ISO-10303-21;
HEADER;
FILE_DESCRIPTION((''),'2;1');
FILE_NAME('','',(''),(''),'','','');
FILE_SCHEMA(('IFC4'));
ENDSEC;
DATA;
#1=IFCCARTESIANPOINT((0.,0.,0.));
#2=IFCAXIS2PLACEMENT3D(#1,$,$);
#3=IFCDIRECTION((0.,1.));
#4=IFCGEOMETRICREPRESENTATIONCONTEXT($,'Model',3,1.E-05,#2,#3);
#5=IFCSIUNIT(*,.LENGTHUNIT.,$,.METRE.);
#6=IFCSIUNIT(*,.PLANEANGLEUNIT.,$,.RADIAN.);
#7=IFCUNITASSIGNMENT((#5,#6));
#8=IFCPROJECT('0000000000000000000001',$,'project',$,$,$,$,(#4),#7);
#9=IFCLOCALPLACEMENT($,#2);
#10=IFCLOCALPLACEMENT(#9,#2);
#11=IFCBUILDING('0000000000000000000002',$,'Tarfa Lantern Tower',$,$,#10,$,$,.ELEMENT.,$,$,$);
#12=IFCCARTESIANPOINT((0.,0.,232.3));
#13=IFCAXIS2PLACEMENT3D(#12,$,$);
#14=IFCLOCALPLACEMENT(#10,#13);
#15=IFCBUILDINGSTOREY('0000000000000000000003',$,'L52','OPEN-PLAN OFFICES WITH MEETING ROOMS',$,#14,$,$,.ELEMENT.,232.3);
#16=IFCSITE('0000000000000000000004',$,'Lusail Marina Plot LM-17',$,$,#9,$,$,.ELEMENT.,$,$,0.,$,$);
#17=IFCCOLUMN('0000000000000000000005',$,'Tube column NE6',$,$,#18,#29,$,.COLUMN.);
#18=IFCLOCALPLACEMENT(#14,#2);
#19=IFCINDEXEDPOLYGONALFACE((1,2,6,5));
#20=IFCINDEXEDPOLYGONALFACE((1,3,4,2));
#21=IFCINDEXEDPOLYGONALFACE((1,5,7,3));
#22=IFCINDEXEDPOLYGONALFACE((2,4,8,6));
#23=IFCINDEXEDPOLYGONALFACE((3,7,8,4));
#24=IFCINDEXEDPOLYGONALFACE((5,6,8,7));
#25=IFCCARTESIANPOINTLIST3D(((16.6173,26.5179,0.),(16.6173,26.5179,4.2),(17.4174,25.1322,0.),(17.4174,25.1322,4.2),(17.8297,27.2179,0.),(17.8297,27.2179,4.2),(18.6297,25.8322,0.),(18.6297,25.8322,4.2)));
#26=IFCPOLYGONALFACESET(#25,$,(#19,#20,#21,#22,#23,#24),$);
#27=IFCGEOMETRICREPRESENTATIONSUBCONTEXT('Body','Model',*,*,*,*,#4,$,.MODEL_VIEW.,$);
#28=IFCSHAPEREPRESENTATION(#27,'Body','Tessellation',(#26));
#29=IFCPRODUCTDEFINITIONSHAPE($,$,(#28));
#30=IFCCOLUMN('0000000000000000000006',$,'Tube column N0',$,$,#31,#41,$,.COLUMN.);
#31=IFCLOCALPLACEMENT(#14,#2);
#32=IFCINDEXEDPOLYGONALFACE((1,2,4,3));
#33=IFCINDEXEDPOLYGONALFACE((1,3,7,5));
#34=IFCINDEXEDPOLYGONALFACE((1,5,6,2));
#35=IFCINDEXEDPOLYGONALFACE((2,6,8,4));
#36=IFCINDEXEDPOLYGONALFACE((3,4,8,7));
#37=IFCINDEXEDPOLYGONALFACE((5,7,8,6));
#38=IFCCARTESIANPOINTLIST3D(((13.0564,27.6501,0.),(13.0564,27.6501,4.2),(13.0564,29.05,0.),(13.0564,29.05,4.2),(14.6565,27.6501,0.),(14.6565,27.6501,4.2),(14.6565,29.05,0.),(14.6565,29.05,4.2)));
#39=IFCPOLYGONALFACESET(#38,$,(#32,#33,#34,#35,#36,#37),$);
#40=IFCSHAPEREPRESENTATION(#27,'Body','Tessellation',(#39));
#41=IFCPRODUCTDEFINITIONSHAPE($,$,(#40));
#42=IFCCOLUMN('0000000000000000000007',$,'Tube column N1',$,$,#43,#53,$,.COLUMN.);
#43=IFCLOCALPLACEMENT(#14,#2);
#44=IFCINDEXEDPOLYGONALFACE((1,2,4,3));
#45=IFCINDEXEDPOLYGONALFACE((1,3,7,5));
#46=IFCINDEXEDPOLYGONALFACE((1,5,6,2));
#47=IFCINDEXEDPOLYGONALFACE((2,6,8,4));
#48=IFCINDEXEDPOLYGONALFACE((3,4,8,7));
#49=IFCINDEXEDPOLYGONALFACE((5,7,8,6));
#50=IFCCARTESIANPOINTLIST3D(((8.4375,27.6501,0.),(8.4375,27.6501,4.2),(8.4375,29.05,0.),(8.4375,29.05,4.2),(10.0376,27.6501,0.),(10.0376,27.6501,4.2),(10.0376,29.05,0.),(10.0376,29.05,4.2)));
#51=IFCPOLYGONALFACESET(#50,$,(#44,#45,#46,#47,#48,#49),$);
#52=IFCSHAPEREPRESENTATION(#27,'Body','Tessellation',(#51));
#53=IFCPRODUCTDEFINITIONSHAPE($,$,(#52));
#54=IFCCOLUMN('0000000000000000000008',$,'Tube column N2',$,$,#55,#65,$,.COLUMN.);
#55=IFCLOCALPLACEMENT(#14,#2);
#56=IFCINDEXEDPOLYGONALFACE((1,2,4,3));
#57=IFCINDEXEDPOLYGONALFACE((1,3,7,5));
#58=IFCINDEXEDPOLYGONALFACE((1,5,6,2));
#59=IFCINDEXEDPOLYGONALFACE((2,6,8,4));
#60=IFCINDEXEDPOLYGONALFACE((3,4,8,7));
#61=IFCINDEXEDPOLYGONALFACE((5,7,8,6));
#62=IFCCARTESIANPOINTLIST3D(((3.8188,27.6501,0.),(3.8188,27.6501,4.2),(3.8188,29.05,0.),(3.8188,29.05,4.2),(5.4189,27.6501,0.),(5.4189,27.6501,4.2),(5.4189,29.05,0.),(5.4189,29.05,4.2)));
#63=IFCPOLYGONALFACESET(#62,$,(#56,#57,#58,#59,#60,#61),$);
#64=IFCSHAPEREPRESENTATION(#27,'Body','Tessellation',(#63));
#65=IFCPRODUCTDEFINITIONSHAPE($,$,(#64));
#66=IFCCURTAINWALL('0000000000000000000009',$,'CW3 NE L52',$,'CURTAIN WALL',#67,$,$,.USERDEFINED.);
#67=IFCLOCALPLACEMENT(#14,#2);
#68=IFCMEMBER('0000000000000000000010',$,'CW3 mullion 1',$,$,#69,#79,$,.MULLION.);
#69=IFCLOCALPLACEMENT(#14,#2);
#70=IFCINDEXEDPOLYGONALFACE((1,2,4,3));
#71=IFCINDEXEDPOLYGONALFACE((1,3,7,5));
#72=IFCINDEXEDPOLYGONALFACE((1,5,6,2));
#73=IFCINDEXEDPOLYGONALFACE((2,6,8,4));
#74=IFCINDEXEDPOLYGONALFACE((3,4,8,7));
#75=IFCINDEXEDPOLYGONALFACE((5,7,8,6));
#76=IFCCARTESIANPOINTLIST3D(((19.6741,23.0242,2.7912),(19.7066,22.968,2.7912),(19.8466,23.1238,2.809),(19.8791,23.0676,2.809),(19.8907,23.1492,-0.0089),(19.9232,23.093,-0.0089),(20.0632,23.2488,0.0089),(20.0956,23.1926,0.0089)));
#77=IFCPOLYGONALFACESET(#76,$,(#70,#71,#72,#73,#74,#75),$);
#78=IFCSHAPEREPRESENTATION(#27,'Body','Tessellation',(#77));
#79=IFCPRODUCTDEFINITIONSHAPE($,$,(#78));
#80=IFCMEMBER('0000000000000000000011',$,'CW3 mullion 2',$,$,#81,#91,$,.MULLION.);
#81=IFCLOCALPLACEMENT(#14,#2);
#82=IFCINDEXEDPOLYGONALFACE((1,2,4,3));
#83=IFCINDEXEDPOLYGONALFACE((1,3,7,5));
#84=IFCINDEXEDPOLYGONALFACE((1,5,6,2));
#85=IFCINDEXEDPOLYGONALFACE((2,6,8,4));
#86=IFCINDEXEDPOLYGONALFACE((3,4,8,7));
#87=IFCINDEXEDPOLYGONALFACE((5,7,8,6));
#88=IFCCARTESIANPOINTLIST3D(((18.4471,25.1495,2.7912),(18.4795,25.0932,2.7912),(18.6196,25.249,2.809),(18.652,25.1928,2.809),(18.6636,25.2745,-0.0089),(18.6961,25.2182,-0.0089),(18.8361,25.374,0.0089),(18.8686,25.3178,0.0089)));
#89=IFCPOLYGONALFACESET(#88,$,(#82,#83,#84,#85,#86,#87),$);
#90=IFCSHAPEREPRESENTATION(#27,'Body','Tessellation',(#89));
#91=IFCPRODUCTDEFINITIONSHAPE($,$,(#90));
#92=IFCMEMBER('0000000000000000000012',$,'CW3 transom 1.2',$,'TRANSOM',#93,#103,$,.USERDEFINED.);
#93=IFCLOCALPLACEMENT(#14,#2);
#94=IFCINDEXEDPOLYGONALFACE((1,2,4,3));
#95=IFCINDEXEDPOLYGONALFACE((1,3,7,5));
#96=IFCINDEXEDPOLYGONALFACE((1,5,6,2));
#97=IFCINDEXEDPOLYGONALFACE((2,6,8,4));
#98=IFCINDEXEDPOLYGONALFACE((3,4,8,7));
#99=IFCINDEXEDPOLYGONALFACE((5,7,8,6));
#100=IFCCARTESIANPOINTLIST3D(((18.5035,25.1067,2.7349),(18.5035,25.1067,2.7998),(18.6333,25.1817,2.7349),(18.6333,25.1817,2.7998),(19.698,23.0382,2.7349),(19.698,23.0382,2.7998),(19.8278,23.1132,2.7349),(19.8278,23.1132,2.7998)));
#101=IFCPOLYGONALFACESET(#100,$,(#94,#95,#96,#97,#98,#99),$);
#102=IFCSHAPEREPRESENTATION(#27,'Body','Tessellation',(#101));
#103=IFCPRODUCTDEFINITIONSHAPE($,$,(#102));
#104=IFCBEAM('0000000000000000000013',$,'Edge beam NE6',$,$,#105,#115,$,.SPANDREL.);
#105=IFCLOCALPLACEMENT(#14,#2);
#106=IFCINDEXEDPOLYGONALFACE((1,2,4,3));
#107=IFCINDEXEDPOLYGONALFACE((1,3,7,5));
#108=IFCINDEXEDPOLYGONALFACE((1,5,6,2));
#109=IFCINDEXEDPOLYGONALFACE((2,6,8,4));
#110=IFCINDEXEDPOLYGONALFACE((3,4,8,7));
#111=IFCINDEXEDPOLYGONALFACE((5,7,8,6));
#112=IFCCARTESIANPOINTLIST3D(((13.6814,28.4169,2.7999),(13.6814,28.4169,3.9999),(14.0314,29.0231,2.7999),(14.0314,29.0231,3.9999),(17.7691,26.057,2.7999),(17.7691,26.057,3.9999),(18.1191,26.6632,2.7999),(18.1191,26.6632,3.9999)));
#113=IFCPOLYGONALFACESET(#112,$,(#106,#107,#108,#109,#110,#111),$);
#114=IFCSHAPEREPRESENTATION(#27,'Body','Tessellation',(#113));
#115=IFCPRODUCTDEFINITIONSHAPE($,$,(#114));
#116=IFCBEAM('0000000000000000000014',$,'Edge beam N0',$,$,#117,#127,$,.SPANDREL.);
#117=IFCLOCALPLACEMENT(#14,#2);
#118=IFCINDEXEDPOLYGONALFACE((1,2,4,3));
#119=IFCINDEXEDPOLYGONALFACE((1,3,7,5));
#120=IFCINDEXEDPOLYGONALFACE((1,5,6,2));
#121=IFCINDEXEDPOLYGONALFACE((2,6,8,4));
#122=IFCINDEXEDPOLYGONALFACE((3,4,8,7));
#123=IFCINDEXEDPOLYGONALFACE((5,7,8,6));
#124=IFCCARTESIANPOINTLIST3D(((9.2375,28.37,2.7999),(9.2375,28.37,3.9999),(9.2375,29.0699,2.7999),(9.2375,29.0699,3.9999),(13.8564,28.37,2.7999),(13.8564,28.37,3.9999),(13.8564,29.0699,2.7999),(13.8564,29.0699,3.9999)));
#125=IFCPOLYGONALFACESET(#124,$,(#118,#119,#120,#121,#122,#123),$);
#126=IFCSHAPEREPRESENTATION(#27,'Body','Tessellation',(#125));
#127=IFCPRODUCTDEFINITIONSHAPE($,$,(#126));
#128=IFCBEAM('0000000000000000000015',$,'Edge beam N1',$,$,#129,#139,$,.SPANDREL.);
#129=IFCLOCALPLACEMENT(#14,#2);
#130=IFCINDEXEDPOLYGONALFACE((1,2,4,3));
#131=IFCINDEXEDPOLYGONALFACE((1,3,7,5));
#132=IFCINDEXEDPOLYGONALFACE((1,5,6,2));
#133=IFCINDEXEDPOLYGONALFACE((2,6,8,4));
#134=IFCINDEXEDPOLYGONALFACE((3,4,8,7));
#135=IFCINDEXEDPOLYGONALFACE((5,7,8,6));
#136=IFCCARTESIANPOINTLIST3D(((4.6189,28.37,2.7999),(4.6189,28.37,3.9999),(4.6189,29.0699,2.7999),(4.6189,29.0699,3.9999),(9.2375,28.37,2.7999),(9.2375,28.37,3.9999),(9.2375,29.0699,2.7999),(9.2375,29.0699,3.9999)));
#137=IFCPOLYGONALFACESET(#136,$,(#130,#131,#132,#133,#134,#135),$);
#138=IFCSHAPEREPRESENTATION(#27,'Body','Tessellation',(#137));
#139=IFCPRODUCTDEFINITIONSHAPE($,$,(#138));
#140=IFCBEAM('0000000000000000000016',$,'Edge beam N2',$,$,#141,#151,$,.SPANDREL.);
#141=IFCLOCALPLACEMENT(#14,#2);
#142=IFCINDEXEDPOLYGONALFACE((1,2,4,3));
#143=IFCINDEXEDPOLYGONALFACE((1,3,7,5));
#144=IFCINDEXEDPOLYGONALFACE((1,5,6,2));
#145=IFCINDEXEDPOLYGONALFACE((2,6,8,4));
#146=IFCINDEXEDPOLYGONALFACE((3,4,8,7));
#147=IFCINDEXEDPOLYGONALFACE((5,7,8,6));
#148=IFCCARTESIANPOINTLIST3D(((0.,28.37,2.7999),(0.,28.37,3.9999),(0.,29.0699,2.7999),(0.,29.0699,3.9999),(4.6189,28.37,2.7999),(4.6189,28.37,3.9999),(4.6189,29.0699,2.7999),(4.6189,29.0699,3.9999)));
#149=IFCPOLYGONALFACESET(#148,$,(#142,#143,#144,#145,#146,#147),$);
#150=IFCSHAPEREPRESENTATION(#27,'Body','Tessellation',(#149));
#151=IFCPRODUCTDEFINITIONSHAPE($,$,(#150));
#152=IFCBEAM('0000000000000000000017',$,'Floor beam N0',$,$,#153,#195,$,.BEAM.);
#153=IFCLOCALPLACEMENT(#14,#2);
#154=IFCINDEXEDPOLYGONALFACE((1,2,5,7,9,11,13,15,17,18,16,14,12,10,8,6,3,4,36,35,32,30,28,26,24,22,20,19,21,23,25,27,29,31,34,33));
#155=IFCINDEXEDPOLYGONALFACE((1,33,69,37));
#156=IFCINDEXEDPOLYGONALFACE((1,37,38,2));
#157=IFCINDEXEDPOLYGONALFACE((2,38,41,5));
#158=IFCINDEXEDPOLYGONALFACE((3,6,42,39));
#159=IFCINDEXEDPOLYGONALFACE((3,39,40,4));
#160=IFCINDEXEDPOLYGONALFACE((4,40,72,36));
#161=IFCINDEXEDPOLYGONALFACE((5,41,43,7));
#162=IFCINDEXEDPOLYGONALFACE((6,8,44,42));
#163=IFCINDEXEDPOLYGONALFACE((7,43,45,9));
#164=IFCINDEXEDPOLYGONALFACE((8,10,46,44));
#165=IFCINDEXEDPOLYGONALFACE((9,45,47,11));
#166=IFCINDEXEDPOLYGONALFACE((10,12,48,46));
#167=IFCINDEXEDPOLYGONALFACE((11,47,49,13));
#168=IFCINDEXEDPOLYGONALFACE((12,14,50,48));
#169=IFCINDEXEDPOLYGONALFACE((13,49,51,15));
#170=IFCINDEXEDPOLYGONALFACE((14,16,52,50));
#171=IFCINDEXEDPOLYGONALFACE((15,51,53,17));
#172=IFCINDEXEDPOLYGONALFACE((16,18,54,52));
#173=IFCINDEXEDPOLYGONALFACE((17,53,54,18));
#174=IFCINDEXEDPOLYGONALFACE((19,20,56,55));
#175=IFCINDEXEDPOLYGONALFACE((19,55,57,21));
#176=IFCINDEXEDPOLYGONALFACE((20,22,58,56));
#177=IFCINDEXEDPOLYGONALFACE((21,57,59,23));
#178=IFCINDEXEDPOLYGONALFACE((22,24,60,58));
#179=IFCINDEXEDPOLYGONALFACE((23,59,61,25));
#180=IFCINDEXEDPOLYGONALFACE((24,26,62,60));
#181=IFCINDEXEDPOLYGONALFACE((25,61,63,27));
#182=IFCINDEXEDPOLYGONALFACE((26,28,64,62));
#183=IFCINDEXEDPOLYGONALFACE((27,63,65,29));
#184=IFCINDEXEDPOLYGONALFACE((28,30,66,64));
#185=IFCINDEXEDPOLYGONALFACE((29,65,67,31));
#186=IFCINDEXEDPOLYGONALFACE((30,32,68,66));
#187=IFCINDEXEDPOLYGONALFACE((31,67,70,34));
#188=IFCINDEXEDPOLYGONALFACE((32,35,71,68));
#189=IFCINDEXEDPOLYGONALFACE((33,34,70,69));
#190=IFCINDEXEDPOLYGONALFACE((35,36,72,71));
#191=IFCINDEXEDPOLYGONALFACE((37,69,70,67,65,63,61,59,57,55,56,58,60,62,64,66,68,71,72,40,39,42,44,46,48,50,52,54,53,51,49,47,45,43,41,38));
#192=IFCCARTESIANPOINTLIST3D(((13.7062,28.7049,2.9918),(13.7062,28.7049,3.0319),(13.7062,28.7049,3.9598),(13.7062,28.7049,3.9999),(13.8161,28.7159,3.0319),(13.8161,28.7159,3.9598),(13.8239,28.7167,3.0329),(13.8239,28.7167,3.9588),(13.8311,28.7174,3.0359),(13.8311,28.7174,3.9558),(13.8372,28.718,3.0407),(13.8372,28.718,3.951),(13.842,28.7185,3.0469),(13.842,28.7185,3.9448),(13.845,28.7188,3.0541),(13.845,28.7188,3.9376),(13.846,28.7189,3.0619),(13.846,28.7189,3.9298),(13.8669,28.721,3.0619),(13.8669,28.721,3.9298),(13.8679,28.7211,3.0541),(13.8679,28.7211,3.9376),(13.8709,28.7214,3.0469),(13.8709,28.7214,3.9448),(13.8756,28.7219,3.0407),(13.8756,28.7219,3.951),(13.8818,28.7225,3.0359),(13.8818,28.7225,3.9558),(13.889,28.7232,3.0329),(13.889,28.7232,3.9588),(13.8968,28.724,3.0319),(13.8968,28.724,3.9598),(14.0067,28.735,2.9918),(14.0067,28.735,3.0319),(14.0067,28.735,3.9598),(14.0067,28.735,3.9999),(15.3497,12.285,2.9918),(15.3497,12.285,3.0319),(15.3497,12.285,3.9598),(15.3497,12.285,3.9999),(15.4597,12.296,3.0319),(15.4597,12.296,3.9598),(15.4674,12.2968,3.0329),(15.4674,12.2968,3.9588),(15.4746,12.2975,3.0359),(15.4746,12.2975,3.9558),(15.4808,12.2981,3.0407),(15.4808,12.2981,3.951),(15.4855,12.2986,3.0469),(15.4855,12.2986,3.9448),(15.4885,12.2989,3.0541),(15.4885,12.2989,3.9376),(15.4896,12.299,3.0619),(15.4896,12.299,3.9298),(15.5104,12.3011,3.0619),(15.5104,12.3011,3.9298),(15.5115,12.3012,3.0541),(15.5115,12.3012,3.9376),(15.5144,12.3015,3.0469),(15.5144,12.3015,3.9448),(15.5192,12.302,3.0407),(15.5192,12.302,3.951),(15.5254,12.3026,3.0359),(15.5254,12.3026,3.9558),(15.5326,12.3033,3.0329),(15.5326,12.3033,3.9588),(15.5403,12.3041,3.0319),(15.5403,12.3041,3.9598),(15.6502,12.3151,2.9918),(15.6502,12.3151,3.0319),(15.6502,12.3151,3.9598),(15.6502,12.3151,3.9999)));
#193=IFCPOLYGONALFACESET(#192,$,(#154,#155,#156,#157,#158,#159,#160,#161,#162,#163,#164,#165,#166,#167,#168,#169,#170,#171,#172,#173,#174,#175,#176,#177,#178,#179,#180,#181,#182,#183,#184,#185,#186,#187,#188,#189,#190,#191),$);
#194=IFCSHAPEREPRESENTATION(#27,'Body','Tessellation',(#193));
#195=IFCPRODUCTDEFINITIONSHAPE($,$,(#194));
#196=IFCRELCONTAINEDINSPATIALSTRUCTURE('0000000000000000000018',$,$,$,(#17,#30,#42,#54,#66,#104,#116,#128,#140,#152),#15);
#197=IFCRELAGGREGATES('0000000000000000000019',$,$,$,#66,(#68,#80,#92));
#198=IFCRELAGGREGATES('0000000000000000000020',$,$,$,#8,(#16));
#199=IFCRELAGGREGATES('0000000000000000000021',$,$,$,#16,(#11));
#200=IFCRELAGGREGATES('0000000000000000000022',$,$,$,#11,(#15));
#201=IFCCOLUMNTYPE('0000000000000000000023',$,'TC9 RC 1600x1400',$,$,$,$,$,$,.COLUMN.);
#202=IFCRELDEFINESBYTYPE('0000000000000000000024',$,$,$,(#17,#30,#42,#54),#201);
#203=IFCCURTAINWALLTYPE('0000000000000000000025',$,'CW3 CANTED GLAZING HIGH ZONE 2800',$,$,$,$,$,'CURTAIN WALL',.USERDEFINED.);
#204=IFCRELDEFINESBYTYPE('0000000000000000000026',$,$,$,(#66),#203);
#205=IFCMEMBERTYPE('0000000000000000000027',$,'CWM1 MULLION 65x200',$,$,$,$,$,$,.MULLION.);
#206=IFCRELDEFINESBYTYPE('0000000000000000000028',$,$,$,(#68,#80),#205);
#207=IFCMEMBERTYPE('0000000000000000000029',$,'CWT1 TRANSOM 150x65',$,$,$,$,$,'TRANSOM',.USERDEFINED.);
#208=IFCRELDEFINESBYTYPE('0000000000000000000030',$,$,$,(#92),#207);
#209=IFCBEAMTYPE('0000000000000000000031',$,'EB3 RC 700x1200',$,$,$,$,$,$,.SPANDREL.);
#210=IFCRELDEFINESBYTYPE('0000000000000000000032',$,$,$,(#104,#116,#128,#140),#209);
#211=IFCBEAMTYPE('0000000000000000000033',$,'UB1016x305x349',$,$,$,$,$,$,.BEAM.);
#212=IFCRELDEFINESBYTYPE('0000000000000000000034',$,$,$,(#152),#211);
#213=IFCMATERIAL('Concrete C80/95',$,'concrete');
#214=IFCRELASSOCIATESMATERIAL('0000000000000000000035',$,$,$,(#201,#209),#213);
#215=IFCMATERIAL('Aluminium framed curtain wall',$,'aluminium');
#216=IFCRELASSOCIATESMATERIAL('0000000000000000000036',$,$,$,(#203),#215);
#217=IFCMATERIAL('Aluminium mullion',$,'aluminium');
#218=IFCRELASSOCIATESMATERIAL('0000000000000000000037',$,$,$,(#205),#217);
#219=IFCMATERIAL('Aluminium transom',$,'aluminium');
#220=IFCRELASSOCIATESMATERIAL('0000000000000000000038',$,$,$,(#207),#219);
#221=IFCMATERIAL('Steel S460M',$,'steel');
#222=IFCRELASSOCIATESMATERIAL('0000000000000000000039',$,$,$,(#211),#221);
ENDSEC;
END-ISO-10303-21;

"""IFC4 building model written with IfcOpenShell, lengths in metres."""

from ifc_helpers import new_model, si_unit, direction, frame, origin, origin_2d, place, context, subcontext, project, spatial, rectangle, i_section, extrude, material, material_profile, profile_set, type_object, element, aggregate, save


model = new_model("IFC4")

# Units and contexts
model_context = context("Model", 3, precision=1e-05, world=origin(), true_north=direction((0.0, 1.0)))
body_context = subcontext(model_context, "Body", "Model", "MODEL_VIEW")
ifc_project = project(units=[si_unit("LENGTHUNIT", "METRE"), si_unit("PLANEANGLEUNIT", "RADIAN")], contexts=[model_context])

# Site, building, storey
site_placement = place(None, origin())
site = spatial("IfcSite", under=ifc_project, at=site_placement, Name="Lusail Marina Plot LM-17", CompositionType="ELEMENT", RefElevation=0.0)
building_placement = place(site_placement, origin())
building = spatial("IfcBuilding", under=site, at=building_placement, Name="Tarfa Lantern Tower", CompositionType="ELEMENT")
storey_placement = place(building_placement, frame((0.0, 0.0, 232.3)))
storey = spatial("IfcBuildingStorey", under=building, at=storey_placement, Name="L52", Description="OPEN-PLAN OFFICES WITH MEETING ROOMS", CompositionType="ELEMENT", Elevation=232.3)

# Columns
ifc_material_1 = material(Name="Concrete C80/95", Category="concrete")
ifc_material_profile_1 = material_profile(ifc_material_1, rectangle(XDim=1.6001, YDim=1.3999, at=origin_2d()), Name="RC 1600x1400")
ifc_profile_set_1 = profile_set([ifc_material_profile_1], Name="Concrete C80/95")
column_type = type_object("IfcColumnType", Name="TC9 RC 1600x1400", PredefinedType="COLUMN", material=ifc_profile_set_1)
for number, where, z_axis, x_axis, name in (
    (1, (17.6235, 26.175, 0.0), (0.0, 0.0, 1.0), (-0.5, 0.866025, 0.0), "Tube column NE6"),
    (2, (13.8564, 28.3501, 0.0), (0.0, 0.0, 1.0), (-1.0, 0.0, 0.0), "Tube column N0"),
    (3, (9.2375, 28.3501, 0.0), (0.0, 0.0, 1.0), (-1.0, 0.0, 0.0), "Tube column N1"),
    (4, (4.6189, 28.3501, 0.0), (0.0, 0.0, 1.0), (-1.0, 0.0, 0.0), "Tube column N2"),
):
    element("IfcColumn", number, at=place(storey_placement, frame(where, z_axis=z_axis, x_axis=x_axis)), inside=storey, type_object=column_type, Name=name, PredefinedType="COLUMN", context=body_context, shape_type="SweptSolid", body=[
        extrude(rectangle(XDim=1.6001, YDim=1.3999, at=origin_2d()), origin(), (0.0, 0.0, 1.0), 4.2),
    ])

# Curtain wall, members
ifc_material_2 = material(Name="Aluminium framed curtain wall", Category="aluminium")
curtain_wall_type = type_object("IfcCurtainWallType", Name="CW3 CANTED GLAZING HIGH ZONE 2800", ElementType="CURTAIN WALL", PredefinedType="USERDEFINED", material=ifc_material_2)
curtain_wall_placement = place(storey_placement, origin())
curtain_wall = element("IfcCurtainWall", 5, at=curtain_wall_placement, inside=storey, type_object=curtain_wall_type, Name="CW3 NE L52", ObjectType="CURTAIN WALL", PredefinedType="USERDEFINED")
ifc_material_3 = material(Name="Aluminium mullion", Category="aluminium")
ifc_material_profile_2 = material_profile(ifc_material_3, rectangle(XDim=0.0649, YDim=0.2, at=origin_2d()), Name="AL MULLION 65x200")
ifc_profile_set_2 = profile_set([ifc_material_profile_2], Name="Aluminium mullion")
member_type_1 = type_object("IfcMemberType", Name="CWM1 MULLION 65x200", PredefinedType="MULLION", material=ifc_profile_set_2)
member_1_placement = place(storey_placement, frame((19.9932, 23.1709, 0.0), z_axis=(-0.077032, -0.044465, 0.996037), x_axis=(0.49992, -0.866072, 0.0)))
member_1 = element("IfcMember", 6, at=member_1_placement, type_object=member_type_1, Name="CW3 mullion 1", PredefinedType="MULLION", context=body_context, shape_type="SweptSolid", body=[
    extrude(rectangle(XDim=0.0649, YDim=0.2, at=origin_2d()), origin(), (0.0, 0.0, 1.0), 2.8113),
])
member_2_placement = place(storey_placement, frame((18.7661, 25.2961, 0.0), z_axis=(-0.077032, -0.044465, 0.996037), x_axis=(0.49992, -0.866072, 0.0)))
member_2 = element("IfcMember", 7, at=member_2_placement, type_object=member_type_1, Name="CW3 mullion 2", PredefinedType="MULLION", context=body_context, shape_type="SweptSolid", body=[
    extrude(rectangle(XDim=0.0649, YDim=0.2, at=origin_2d()), origin(), (0.0, 0.0, 1.0), 2.8113),
])
ifc_material_4 = material(Name="Aluminium transom", Category="aluminium")
ifc_material_profile_3 = material_profile(ifc_material_4, rectangle(XDim=0.1499, YDim=0.0649, at=origin_2d()), Name="AL TRANSOM 150x65")
ifc_profile_set_3 = profile_set([ifc_material_profile_3], Name="Aluminium transom")
member_type_2 = type_object("IfcMemberType", Name="CWT1 TRANSOM 150x65", ElementType="TRANSOM", PredefinedType="USERDEFINED", material=ifc_profile_set_3)
member_3_placement = place(storey_placement, frame((19.7629, 23.0757, 2.7673), z_axis=(-0.500085, 0.865976, 0.0), x_axis=(-0.865976, -0.500085, 0.0)))
member_3 = element("IfcMember", 8, at=member_3_placement, type_object=member_type_2, Name="CW3 transom 1.2", ObjectType="TRANSOM", PredefinedType="USERDEFINED", context=body_context, shape_type="SweptSolid", body=[
    extrude(rectangle(XDim=0.1499, YDim=0.0649, at=origin_2d()), origin(), (0.0, 0.0, 1.0), 2.3887),
])

# Beams
ifc_material_profile_4 = material_profile(ifc_material_1, rectangle(XDim=0.7, YDim=1.2, at=origin_2d()), Name="RC 700x1200")
ifc_profile_set_4 = profile_set([ifc_material_profile_4], Name="Concrete C80/95")
beam_type_1 = type_object("IfcBeamType", Name="EB3 RC 700x1200", PredefinedType="SPANDREL", material=ifc_profile_set_4)
beam_1_placement = place(storey_placement, frame((17.9441, 26.3601, 3.3999), z_axis=(-0.866038, 0.499978, 0.0), x_axis=(-0.499978, -0.866038, 0.0)))
element("IfcBeam", 9, at=beam_1_placement, inside=storey, type_object=beam_type_1, Name="Edge beam NE6", PredefinedType="SPANDREL", context=body_context, shape_type="SweptSolid", body=[
    extrude(rectangle(XDim=0.7, YDim=1.2, at=origin_2d()), origin(), (0.0, 0.0, 1.0), 4.72),
])
beam_2_placement = place(storey_placement, frame((13.8564, 28.72, 3.3999), z_axis=(-1.0, 0.0, 0.0), x_axis=(0.0, -1.0, 0.0)))
element("IfcBeam", 10, at=beam_2_placement, inside=storey, type_object=beam_type_1, Name="Edge beam N0", PredefinedType="SPANDREL", context=body_context, shape_type="SweptSolid", body=[
    extrude(rectangle(XDim=0.7, YDim=1.2, at=origin_2d()), origin(), (0.0, 0.0, 1.0), 4.6189),
])
beam_3_placement = place(storey_placement, frame((9.2375, 28.72, 3.3999), z_axis=(-1.0, 0.0, 0.0), x_axis=(0.0, -1.0, 0.0)))
element("IfcBeam", 11, at=beam_3_placement, inside=storey, type_object=beam_type_1, Name="Edge beam N1", PredefinedType="SPANDREL", context=body_context, shape_type="SweptSolid", body=[
    extrude(rectangle(XDim=0.7, YDim=1.2, at=origin_2d()), origin(), (0.0, 0.0, 1.0), 4.6187),
])
beam_4_placement = place(storey_placement, frame((4.6189, 28.72, 3.3999), z_axis=(-1.0, 0.0, 0.0), x_axis=(0.0, -1.0, 0.0)))
element("IfcBeam", 12, at=beam_4_placement, inside=storey, type_object=beam_type_1, Name="Edge beam N2", PredefinedType="SPANDREL", context=body_context, shape_type="SweptSolid", body=[
    extrude(rectangle(XDim=0.7, YDim=1.2, at=origin_2d()), origin(), (0.0, 0.0, 1.0), 4.6189),
])
ifc_material_5 = material(Name="Steel S460M", Category="steel")
ifc_material_profile_5 = material_profile(ifc_material_5, i_section(OverallWidth=0.302, OverallDepth=1.0081, WebThickness=0.021, FlangeThickness=0.04, FilletRadius=0.03, at=origin_2d()), Name="UB1016x305x349")
ifc_profile_set_5 = profile_set([ifc_material_profile_5], Name="Steel S460M")
beam_type_2 = type_object("IfcBeamType", Name="UB1016x305x349", PredefinedType="BEAM", material=ifc_profile_set_5)
beam_5_placement = place(storey_placement, frame((13.8564, 28.72, 3.4958), z_axis=(0.099597, -0.995028, 0.0), x_axis=(0.995028, 0.099597, 0.0)))
element("IfcBeam", 13, at=beam_5_placement, inside=storey, type_object=beam_type_2, Name="Floor beam N0", PredefinedType="BEAM", context=body_context, shape_type="SweptSolid", body=[
    extrude(i_section(OverallWidth=0.302, OverallDepth=1.0081, WebThickness=0.021, FlangeThickness=0.04, FilletRadius=0.03, at=origin_2d()), origin(), (0.0, 0.0, 1.0), 16.502),
])

aggregate(curtain_wall, [member_1, member_2, member_3])

save(model, "model.ifc")
